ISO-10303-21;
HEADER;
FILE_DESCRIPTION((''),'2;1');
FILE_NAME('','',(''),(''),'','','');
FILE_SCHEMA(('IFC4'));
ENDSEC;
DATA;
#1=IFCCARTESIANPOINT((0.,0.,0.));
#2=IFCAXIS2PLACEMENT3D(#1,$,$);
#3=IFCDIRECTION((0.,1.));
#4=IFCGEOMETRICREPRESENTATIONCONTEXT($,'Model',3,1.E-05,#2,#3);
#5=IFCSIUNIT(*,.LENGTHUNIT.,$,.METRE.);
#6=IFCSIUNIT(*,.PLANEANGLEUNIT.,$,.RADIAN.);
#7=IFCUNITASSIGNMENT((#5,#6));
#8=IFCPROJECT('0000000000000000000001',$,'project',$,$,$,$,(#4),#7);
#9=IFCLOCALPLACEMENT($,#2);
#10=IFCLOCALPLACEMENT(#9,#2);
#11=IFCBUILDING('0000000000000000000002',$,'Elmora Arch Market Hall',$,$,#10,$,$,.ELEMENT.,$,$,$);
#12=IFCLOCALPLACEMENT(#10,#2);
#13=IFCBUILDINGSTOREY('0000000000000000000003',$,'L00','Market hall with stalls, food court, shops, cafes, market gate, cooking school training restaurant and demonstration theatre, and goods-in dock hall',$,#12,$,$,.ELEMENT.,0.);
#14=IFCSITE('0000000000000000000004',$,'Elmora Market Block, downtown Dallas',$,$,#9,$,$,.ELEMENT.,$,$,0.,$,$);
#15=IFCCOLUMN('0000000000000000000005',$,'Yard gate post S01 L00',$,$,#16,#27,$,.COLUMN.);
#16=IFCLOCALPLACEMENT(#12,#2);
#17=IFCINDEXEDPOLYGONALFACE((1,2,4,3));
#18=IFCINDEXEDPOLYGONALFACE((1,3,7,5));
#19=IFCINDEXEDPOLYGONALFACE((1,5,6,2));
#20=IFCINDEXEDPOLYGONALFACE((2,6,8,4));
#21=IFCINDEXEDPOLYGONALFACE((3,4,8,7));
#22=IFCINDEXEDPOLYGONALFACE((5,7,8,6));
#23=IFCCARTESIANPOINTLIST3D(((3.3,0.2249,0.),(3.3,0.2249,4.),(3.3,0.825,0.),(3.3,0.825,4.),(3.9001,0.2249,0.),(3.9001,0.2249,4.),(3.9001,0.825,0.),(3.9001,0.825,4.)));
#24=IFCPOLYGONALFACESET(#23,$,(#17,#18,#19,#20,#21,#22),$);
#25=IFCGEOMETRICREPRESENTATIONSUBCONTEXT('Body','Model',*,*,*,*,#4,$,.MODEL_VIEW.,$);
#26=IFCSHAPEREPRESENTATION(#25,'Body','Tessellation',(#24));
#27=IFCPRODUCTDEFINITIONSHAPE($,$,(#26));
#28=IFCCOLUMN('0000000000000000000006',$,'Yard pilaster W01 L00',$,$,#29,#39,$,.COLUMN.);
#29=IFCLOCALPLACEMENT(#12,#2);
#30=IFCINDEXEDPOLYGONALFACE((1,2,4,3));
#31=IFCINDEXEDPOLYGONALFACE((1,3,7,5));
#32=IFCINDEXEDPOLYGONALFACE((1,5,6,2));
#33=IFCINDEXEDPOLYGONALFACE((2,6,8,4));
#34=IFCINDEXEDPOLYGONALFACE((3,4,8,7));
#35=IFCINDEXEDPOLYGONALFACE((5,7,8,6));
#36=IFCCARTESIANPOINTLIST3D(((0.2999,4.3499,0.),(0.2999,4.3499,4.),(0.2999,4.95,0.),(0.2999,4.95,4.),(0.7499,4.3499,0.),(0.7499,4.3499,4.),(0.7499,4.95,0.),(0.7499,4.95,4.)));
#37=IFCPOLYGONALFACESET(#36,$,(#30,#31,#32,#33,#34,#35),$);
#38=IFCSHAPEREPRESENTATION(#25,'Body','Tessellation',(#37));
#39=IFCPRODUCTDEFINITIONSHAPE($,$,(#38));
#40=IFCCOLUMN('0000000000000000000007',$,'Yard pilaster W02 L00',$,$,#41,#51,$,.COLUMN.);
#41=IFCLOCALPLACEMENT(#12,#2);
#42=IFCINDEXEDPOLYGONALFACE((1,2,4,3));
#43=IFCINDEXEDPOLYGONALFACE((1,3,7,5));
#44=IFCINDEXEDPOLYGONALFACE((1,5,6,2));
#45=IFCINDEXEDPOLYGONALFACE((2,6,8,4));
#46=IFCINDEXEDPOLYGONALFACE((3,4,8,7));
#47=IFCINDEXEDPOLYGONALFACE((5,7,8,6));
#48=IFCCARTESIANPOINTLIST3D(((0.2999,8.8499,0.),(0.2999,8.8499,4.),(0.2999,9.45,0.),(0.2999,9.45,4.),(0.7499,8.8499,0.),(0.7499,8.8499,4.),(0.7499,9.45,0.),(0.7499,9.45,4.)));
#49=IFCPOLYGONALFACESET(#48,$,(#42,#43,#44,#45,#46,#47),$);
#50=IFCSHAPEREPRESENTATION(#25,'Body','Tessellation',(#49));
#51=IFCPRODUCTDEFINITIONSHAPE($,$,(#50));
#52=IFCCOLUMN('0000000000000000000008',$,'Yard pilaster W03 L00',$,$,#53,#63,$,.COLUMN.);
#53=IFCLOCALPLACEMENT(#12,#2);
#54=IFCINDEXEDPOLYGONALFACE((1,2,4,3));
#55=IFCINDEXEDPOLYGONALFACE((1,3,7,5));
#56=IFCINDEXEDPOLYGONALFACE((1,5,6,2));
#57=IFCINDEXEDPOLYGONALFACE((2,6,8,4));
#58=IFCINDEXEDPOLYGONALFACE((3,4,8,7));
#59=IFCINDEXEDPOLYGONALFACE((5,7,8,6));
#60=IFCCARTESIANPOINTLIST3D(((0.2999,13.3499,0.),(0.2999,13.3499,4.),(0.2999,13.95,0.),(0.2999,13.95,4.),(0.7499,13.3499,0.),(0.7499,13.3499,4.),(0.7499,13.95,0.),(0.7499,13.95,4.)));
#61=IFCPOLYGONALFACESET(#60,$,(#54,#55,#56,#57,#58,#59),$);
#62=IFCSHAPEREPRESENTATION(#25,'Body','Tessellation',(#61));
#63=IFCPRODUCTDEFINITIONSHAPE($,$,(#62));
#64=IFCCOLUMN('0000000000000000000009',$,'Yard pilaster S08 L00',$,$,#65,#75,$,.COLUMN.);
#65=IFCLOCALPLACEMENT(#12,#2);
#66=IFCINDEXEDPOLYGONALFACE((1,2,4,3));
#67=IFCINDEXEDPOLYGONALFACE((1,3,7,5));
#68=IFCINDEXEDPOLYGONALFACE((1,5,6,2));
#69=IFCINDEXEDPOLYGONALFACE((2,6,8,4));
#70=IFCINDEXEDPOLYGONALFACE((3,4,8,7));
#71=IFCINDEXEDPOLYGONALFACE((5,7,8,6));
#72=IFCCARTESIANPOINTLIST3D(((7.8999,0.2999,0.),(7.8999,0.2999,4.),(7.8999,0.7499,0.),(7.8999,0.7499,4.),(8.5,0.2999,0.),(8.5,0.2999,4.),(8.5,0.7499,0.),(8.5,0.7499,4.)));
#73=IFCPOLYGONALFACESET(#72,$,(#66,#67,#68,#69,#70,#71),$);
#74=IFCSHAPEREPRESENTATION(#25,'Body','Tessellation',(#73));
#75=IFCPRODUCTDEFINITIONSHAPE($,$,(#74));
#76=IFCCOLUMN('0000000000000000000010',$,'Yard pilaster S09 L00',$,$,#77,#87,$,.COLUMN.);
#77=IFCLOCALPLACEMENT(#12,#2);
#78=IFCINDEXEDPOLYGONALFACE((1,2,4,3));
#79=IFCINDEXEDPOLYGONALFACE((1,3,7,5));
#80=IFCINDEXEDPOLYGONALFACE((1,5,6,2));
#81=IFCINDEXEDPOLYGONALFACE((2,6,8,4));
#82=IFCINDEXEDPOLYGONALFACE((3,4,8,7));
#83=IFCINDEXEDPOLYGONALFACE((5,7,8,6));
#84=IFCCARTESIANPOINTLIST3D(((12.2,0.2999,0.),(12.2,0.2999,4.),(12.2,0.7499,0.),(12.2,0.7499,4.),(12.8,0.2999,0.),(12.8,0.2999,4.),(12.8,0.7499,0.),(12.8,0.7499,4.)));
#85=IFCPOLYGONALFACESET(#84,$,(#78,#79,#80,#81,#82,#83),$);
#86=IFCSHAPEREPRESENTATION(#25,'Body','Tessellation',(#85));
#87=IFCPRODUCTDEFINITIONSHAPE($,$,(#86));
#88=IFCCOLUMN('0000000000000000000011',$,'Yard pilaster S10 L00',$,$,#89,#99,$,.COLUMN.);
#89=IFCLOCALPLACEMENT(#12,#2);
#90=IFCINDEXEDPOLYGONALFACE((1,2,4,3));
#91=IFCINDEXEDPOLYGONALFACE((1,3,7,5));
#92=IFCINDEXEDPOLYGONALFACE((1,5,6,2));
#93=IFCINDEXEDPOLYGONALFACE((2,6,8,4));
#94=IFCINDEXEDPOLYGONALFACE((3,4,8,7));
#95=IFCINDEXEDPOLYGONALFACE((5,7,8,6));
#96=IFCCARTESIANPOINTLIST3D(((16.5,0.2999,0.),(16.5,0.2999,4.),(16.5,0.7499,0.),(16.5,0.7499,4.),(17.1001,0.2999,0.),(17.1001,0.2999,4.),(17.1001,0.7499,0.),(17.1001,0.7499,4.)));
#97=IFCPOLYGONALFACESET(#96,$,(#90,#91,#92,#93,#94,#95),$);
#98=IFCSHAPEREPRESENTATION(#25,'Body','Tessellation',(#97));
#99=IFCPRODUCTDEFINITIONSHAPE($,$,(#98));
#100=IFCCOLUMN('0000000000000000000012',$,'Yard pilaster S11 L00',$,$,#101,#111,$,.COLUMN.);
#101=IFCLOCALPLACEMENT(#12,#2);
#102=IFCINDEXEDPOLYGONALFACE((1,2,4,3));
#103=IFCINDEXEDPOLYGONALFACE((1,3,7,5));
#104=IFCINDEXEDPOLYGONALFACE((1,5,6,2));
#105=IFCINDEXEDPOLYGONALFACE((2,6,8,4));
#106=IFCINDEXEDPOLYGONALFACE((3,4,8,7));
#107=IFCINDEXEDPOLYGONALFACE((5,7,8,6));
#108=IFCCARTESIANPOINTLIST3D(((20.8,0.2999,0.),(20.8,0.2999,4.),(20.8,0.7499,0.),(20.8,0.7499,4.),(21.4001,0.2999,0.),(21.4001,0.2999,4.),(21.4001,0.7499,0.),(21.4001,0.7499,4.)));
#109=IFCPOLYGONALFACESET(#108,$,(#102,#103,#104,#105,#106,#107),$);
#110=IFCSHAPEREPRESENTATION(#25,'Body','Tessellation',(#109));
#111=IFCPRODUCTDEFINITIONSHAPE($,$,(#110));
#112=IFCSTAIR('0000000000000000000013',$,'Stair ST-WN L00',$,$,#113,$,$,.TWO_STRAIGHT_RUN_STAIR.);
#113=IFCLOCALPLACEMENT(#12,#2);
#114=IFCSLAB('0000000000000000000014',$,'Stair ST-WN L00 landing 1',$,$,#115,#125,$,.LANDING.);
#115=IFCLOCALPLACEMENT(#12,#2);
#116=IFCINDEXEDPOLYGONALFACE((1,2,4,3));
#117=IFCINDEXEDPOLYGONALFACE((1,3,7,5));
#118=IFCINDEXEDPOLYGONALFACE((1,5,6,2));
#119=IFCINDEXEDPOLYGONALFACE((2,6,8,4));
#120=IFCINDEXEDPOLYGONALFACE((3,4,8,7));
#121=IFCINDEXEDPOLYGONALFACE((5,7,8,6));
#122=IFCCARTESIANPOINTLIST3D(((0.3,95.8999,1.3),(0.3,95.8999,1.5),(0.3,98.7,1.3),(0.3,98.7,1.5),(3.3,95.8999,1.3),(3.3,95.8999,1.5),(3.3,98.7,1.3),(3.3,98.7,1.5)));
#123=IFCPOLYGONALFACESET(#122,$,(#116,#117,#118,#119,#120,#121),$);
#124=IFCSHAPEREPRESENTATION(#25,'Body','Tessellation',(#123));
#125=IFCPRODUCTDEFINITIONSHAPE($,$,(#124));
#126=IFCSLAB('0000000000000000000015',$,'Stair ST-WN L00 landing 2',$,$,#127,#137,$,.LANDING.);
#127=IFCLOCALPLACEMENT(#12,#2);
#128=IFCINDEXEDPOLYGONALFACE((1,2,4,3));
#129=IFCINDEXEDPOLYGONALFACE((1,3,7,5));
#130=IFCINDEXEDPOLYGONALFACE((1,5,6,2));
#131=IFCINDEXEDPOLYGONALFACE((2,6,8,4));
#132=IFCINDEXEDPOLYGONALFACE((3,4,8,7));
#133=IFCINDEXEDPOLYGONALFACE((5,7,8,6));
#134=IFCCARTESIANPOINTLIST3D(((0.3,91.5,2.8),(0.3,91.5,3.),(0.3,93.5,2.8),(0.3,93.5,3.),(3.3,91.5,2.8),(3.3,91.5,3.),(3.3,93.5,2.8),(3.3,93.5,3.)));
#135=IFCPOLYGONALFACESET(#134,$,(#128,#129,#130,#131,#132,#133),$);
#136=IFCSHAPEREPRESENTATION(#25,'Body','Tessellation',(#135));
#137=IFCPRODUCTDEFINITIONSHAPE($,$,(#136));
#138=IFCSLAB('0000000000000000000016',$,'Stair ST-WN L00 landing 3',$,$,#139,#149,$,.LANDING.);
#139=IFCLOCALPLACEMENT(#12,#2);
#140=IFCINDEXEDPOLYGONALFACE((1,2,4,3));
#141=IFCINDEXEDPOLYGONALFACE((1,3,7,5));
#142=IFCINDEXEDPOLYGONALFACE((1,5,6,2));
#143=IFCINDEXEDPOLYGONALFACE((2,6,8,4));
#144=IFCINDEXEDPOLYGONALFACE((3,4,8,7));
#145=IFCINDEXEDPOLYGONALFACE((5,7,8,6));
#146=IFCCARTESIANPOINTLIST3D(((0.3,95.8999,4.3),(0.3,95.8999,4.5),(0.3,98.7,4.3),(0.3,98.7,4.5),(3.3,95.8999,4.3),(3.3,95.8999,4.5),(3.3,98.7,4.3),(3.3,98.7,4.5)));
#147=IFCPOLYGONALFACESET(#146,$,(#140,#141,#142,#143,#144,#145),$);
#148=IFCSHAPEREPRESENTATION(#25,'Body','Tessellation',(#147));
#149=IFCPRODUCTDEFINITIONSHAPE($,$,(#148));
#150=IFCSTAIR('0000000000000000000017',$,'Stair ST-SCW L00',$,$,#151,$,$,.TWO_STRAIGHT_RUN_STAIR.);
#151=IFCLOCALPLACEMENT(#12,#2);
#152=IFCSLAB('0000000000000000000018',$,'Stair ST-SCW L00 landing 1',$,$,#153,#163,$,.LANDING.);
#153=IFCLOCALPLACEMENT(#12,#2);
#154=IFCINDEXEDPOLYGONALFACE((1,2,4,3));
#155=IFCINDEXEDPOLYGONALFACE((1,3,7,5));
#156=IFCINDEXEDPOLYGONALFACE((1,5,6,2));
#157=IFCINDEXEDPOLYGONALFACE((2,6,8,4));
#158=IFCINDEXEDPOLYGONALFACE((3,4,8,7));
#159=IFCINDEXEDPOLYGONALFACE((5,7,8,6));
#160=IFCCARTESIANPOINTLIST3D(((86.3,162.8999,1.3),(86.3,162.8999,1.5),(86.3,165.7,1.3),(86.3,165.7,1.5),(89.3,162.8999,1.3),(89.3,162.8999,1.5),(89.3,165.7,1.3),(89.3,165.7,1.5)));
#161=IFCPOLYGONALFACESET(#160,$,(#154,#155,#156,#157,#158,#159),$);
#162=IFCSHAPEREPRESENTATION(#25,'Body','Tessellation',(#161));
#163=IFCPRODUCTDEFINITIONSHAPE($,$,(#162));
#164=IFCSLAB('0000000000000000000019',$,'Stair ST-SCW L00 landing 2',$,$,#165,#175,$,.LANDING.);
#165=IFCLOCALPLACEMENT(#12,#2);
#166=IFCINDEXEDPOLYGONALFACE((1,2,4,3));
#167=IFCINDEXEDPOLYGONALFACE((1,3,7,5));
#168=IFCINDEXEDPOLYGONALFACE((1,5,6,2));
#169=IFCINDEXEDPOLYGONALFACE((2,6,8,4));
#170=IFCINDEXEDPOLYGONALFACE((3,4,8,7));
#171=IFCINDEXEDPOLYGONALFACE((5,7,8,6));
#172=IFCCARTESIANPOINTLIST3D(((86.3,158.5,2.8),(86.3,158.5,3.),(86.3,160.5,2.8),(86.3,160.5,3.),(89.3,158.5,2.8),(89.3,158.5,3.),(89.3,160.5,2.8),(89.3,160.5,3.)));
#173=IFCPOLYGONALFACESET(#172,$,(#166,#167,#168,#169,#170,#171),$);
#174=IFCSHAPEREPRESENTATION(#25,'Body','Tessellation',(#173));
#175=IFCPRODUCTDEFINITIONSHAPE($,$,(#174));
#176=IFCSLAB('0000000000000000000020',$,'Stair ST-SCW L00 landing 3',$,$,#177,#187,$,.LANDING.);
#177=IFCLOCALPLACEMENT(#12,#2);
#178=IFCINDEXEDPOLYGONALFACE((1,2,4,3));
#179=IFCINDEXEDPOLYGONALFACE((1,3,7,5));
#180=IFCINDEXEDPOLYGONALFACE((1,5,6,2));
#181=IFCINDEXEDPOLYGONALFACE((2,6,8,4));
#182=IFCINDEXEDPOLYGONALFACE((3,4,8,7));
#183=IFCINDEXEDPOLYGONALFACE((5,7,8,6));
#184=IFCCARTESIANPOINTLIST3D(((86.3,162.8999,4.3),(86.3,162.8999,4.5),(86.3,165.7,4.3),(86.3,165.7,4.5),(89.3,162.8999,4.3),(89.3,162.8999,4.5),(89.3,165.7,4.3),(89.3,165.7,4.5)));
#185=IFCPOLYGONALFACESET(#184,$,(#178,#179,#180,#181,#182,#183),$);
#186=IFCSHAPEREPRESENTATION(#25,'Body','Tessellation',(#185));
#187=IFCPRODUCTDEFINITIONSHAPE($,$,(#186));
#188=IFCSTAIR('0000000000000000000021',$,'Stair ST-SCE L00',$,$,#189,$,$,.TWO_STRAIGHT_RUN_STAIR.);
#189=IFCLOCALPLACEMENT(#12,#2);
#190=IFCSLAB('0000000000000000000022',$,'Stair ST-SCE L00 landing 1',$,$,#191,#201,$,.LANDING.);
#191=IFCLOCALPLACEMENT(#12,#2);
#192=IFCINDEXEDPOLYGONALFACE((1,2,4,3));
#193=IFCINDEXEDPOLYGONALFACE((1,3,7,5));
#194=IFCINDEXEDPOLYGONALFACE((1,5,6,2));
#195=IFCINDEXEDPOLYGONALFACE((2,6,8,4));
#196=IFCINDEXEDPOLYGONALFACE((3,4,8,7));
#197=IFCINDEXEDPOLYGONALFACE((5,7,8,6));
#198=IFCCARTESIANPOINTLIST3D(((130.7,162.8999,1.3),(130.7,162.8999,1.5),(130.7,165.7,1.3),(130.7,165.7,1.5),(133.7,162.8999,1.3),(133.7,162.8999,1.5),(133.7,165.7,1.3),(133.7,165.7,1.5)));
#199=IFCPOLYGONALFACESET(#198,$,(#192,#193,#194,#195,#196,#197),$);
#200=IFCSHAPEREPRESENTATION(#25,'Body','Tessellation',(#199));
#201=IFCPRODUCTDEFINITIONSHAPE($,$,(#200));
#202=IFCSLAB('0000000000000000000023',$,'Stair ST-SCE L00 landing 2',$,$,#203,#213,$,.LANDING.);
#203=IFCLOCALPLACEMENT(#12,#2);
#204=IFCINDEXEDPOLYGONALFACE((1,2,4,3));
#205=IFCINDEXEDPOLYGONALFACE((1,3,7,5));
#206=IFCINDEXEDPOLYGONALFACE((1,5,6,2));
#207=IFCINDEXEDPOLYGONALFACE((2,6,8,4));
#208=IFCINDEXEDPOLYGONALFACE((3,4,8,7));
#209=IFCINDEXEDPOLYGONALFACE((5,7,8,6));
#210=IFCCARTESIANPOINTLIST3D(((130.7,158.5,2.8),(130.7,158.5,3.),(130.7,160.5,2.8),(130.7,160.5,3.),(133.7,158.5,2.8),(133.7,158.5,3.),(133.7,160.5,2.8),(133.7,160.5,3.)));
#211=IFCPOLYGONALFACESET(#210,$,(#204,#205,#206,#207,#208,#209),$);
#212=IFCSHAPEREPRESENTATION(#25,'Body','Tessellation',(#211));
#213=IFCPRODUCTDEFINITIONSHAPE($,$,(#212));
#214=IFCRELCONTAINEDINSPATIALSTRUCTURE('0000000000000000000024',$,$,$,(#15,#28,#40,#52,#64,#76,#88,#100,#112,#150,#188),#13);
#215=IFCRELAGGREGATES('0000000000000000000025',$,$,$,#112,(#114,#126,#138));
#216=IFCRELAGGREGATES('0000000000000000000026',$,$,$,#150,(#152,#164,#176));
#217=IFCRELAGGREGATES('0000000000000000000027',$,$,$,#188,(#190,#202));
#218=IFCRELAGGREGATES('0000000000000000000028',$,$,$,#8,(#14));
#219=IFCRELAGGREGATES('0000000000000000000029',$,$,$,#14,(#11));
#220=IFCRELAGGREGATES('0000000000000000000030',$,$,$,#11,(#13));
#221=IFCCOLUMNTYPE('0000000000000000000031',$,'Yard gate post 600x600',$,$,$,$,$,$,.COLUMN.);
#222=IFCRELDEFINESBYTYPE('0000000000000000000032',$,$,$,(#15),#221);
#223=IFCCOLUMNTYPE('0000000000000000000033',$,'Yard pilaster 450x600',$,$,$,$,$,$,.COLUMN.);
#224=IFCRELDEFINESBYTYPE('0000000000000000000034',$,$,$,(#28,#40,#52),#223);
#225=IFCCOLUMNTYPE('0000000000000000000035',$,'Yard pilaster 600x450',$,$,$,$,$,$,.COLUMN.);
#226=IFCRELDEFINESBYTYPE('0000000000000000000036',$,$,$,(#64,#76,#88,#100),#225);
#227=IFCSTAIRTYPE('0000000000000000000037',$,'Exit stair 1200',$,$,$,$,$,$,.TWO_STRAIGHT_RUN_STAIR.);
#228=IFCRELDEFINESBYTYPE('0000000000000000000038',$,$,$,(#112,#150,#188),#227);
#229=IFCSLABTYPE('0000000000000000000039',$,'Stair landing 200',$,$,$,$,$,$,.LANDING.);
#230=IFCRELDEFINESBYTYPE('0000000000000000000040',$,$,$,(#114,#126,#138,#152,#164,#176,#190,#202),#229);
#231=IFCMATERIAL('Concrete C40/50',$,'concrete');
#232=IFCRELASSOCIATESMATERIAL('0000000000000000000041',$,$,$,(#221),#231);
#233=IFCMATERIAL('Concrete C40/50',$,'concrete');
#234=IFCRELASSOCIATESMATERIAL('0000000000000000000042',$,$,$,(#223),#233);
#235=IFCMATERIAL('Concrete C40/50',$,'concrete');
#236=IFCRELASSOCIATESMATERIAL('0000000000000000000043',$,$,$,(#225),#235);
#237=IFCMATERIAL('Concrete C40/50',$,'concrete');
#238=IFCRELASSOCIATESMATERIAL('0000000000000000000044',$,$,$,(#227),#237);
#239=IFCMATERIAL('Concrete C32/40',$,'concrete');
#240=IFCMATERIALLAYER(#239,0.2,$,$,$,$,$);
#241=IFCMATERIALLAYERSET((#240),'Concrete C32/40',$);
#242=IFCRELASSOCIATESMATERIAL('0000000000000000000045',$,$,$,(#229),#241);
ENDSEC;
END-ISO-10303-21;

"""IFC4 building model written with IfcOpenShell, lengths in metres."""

from ifc_helpers import new_model, si_unit, direction, frame, origin, origin_2d, place, context, subcontext, project, spatial, polyline, rectangle, outline, extrude, material, layer, layer_set, material_profile, profile_set, type_object, element, aggregate, save


model = new_model("IFC4")

# Units and contexts
model_context = context("Model", 3, precision=1e-05, world=origin(), true_north=direction((0.0, 1.0)))
body_context = subcontext(model_context, "Body", "Model", "MODEL_VIEW")
ifc_project = project(units=[si_unit("LENGTHUNIT", "METRE"), si_unit("PLANEANGLEUNIT", "RADIAN")], contexts=[model_context])

# Site, building, storey
site_placement = place(None, origin())
site = spatial("IfcSite", under=ifc_project, at=site_placement, Name="Elmora Market Block, downtown Dallas", CompositionType="ELEMENT", RefElevation=0.0)
building_placement = place(site_placement, origin())
building = spatial("IfcBuilding", under=site, at=building_placement, Name="Elmora Arch Market Hall", CompositionType="ELEMENT")
storey_placement = place(building_placement, origin())
storey = spatial("IfcBuildingStorey", under=building, at=storey_placement, Name="L00", Description="Market hall with stalls, food court, shops, cafes, market gate, cooking school training restaurant and demonstration theatre, and goods-in dock hall", CompositionType="ELEMENT", Elevation=0.0)

# Columns
ifc_material_1 = material(Name="Concrete C40/50", Category="concrete")
ifc_material_profile_1 = material_profile(ifc_material_1, rectangle(XDim=0.6001, YDim=0.6001, at=origin_2d()), Name="Yard gate post 600x600")
ifc_profile_set_1 = profile_set([ifc_material_profile_1], Name="Concrete C40/50")
column_type_1 = type_object("IfcColumnType", Name="Yard gate post 600x600", PredefinedType="COLUMN", material=ifc_profile_set_1)
column_1_placement = place(storey_placement, frame((3.6001, 0.5249, 0.0), z_axis=(0.0, 0.0, 1.0), x_axis=(1.0, 0.0, 0.0)))
element("IfcColumn", 1, at=column_1_placement, inside=storey, type_object=column_type_1, Name="Yard gate post S01 L00", PredefinedType="COLUMN", context=body_context, shape_type="SweptSolid", body=[
    extrude(rectangle(XDim=0.6001, YDim=0.6001, at=origin_2d()), origin(), (0.0, 0.0, 1.0), 4.0),
])
ifc_material_2 = material(Name="Concrete C40/50", Category="concrete")
ifc_material_profile_2 = material_profile(ifc_material_2, rectangle(XDim=0.45, YDim=0.6001, at=origin_2d()), Name="Yard pilaster 450x600")
ifc_profile_set_2 = profile_set([ifc_material_profile_2], Name="Concrete C40/50")
column_type_2 = type_object("IfcColumnType", Name="Yard pilaster 450x600", PredefinedType="COLUMN", material=ifc_profile_set_2)
for number, where, z_axis, x_axis, name in (
    (2, (0.5249, 4.6499, 0.0), (0.0, 0.0, 1.0), (1.0, 0.0, 0.0), "Yard pilaster W01 L00"),
    (3, (0.5249, 9.1499, 0.0), (0.0, 0.0, 1.0), (1.0, 0.0, 0.0), "Yard pilaster W02 L00"),
    (4, (0.5249, 13.6499, 0.0), (0.0, 0.0, 1.0), (1.0, 0.0, 0.0), "Yard pilaster W03 L00"),
):
    element("IfcColumn", number, at=place(storey_placement, frame(where, z_axis=z_axis, x_axis=x_axis)), inside=storey, type_object=column_type_2, Name=name, PredefinedType="COLUMN", context=body_context, shape_type="SweptSolid", body=[
        extrude(rectangle(XDim=0.45, YDim=0.6001, at=origin_2d()), origin(), (0.0, 0.0, 1.0), 4.0),
    ])
ifc_material_3 = material(Name="Concrete C40/50", Category="concrete")
ifc_material_profile_3 = material_profile(ifc_material_3, rectangle(XDim=0.6001, YDim=0.45, at=origin_2d()), Name="Yard pilaster 600x450")
ifc_profile_set_3 = profile_set([ifc_material_profile_3], Name="Concrete C40/50")
column_type_3 = type_object("IfcColumnType", Name="Yard pilaster 600x450", PredefinedType="COLUMN", material=ifc_profile_set_3)
for number, where, z_axis, x_axis, name in (
    (5, (8.2, 0.5249, 0.0), (0.0, 0.0, 1.0), (1.0, 0.0, 0.0), "Yard pilaster S08 L00"),
    (6, (12.5, 0.5249, 0.0), (0.0, 0.0, 1.0), (1.0, 0.0, 0.0), "Yard pilaster S09 L00"),
    (7, (16.8, 0.5249, 0.0), (0.0, 0.0, 1.0), (1.0, 0.0, 0.0), "Yard pilaster S10 L00"),
    (8, (21.1001, 0.5249, 0.0), (0.0, 0.0, 1.0), (1.0, 0.0, 0.0), "Yard pilaster S11 L00"),
):
    element("IfcColumn", number, at=place(storey_placement, frame(where, z_axis=z_axis, x_axis=x_axis)), inside=storey, type_object=column_type_3, Name=name, PredefinedType="COLUMN", context=body_context, shape_type="SweptSolid", body=[
        extrude(rectangle(XDim=0.6001, YDim=0.45, at=origin_2d()), origin(), (0.0, 0.0, 1.0), 4.0),
    ])

# Stairs, slabs
ifc_material_4 = material(Name="Concrete C40/50", Category="concrete")
stair_type = type_object("IfcStairType", Name="Exit stair 1200", PredefinedType="TWO_STRAIGHT_RUN_STAIR", material=ifc_material_4)
stair_1_placement = place(storey_placement, origin())
stair_1 = element("IfcStair", 9, at=stair_1_placement, inside=storey, type_object=stair_type, Name="Stair ST-WN L00", PredefinedType="TWO_STRAIGHT_RUN_STAIR")
ifc_material_5 = material(Name="Concrete C32/40", Category="concrete")
ifc_layer_1 = layer(ifc_material_5, 0.2)
ifc_layer_set_1 = layer_set([ifc_layer_1], Name="Concrete C32/40")
slab_type = type_object("IfcSlabType", Name="Stair landing 200", PredefinedType="LANDING", material=ifc_layer_set_1)
slab_1_placement = place(storey_placement, frame((0.0, 0.0, 1.3)))
slab_1 = element("IfcSlab", 10, at=slab_1_placement, type_object=slab_type, Name="Stair ST-WN L00 landing 1", PredefinedType="LANDING", context=body_context, shape_type="SweptSolid", body=[
    extrude(outline(polyline([(0.3, 95.8999), (3.3, 95.8999), (3.3, 98.7), (0.3, 98.7), (0.3, 95.8999)])), origin(), (0.0, 0.0, 1.0), 0.2),
])
slab_2_placement = place(storey_placement, frame((0.0, 0.0, 2.8)))
slab_2 = element("IfcSlab", 11, at=slab_2_placement, type_object=slab_type, Name="Stair ST-WN L00 landing 2", PredefinedType="LANDING", context=body_context, shape_type="SweptSolid", body=[
    extrude(outline(polyline([(0.3, 91.5), (3.3, 91.5), (3.3, 93.5), (0.3, 93.5), (0.3, 91.5)])), origin(), (0.0, 0.0, 1.0), 0.2),
])
slab_3_placement = place(storey_placement, frame((0.0, 0.0, 4.3)))
slab_3 = element("IfcSlab", 12, at=slab_3_placement, type_object=slab_type, Name="Stair ST-WN L00 landing 3", PredefinedType="LANDING", context=body_context, shape_type="SweptSolid", body=[
    extrude(outline(polyline([(0.3, 95.8999), (3.3, 95.8999), (3.3, 98.7), (0.3, 98.7), (0.3, 95.8999)])), origin(), (0.0, 0.0, 1.0), 0.2),
])
aggregate(stair_1, [slab_1, slab_2, slab_3])
stair_2_placement = place(storey_placement, origin())
stair_2 = element("IfcStair", 13, at=stair_2_placement, inside=storey, type_object=stair_type, Name="Stair ST-SCW L00", PredefinedType="TWO_STRAIGHT_RUN_STAIR")
slab_4_placement = place(storey_placement, frame((0.0, 0.0, 1.3)))
slab_4 = element("IfcSlab", 14, at=slab_4_placement, type_object=slab_type, Name="Stair ST-SCW L00 landing 1", PredefinedType="LANDING", context=body_context, shape_type="SweptSolid", body=[
    extrude(outline(polyline([(86.3, 162.8999), (89.3, 162.8999), (89.3, 165.7), (86.3, 165.7), (86.3, 162.8999)])), origin(), (0.0, 0.0, 1.0), 0.2),
])
slab_5_placement = place(storey_placement, frame((0.0, 0.0, 2.8)))
slab_5 = element("IfcSlab", 15, at=slab_5_placement, type_object=slab_type, Name="Stair ST-SCW L00 landing 2", PredefinedType="LANDING", context=body_context, shape_type="SweptSolid", body=[
    extrude(outline(polyline([(86.3, 158.5), (89.3, 158.5), (89.3, 160.5), (86.3, 160.5), (86.3, 158.5)])), origin(), (0.0, 0.0, 1.0), 0.2),
])
slab_6_placement = place(storey_placement, frame((0.0, 0.0, 4.3)))
slab_6 = element("IfcSlab", 16, at=slab_6_placement, type_object=slab_type, Name="Stair ST-SCW L00 landing 3", PredefinedType="LANDING", context=body_context, shape_type="SweptSolid", body=[
    extrude(outline(polyline([(86.3, 162.8999), (89.3, 162.8999), (89.3, 165.7), (86.3, 165.7), (86.3, 162.8999)])), origin(), (0.0, 0.0, 1.0), 0.2),
])
aggregate(stair_2, [slab_4, slab_5, slab_6])
stair_3_placement = place(storey_placement, origin())
stair_3 = element("IfcStair", 17, at=stair_3_placement, inside=storey, type_object=stair_type, Name="Stair ST-SCE L00", PredefinedType="TWO_STRAIGHT_RUN_STAIR")
slab_7_placement = place(storey_placement, frame((0.0, 0.0, 1.3)))
slab_7 = element("IfcSlab", 18, at=slab_7_placement, type_object=slab_type, Name="Stair ST-SCE L00 landing 1", PredefinedType="LANDING", context=body_context, shape_type="SweptSolid", body=[
    extrude(outline(polyline([(130.7, 162.8999), (133.7, 162.8999), (133.7, 165.7), (130.7, 165.7), (130.7, 162.8999)])), origin(), (0.0, 0.0, 1.0), 0.2),
])
slab_8_placement = place(storey_placement, frame((0.0, 0.0, 2.8)))
slab_8 = element("IfcSlab", 19, at=slab_8_placement, type_object=slab_type, Name="Stair ST-SCE L00 landing 2", PredefinedType="LANDING", context=body_context, shape_type="SweptSolid", body=[
    extrude(outline(polyline([(130.7, 158.5), (133.7, 158.5), (133.7, 160.5), (130.7, 160.5), (130.7, 158.5)])), origin(), (0.0, 0.0, 1.0), 0.2),
])
aggregate(stair_3, [slab_7, slab_8])

save(model, "model.ifc")
